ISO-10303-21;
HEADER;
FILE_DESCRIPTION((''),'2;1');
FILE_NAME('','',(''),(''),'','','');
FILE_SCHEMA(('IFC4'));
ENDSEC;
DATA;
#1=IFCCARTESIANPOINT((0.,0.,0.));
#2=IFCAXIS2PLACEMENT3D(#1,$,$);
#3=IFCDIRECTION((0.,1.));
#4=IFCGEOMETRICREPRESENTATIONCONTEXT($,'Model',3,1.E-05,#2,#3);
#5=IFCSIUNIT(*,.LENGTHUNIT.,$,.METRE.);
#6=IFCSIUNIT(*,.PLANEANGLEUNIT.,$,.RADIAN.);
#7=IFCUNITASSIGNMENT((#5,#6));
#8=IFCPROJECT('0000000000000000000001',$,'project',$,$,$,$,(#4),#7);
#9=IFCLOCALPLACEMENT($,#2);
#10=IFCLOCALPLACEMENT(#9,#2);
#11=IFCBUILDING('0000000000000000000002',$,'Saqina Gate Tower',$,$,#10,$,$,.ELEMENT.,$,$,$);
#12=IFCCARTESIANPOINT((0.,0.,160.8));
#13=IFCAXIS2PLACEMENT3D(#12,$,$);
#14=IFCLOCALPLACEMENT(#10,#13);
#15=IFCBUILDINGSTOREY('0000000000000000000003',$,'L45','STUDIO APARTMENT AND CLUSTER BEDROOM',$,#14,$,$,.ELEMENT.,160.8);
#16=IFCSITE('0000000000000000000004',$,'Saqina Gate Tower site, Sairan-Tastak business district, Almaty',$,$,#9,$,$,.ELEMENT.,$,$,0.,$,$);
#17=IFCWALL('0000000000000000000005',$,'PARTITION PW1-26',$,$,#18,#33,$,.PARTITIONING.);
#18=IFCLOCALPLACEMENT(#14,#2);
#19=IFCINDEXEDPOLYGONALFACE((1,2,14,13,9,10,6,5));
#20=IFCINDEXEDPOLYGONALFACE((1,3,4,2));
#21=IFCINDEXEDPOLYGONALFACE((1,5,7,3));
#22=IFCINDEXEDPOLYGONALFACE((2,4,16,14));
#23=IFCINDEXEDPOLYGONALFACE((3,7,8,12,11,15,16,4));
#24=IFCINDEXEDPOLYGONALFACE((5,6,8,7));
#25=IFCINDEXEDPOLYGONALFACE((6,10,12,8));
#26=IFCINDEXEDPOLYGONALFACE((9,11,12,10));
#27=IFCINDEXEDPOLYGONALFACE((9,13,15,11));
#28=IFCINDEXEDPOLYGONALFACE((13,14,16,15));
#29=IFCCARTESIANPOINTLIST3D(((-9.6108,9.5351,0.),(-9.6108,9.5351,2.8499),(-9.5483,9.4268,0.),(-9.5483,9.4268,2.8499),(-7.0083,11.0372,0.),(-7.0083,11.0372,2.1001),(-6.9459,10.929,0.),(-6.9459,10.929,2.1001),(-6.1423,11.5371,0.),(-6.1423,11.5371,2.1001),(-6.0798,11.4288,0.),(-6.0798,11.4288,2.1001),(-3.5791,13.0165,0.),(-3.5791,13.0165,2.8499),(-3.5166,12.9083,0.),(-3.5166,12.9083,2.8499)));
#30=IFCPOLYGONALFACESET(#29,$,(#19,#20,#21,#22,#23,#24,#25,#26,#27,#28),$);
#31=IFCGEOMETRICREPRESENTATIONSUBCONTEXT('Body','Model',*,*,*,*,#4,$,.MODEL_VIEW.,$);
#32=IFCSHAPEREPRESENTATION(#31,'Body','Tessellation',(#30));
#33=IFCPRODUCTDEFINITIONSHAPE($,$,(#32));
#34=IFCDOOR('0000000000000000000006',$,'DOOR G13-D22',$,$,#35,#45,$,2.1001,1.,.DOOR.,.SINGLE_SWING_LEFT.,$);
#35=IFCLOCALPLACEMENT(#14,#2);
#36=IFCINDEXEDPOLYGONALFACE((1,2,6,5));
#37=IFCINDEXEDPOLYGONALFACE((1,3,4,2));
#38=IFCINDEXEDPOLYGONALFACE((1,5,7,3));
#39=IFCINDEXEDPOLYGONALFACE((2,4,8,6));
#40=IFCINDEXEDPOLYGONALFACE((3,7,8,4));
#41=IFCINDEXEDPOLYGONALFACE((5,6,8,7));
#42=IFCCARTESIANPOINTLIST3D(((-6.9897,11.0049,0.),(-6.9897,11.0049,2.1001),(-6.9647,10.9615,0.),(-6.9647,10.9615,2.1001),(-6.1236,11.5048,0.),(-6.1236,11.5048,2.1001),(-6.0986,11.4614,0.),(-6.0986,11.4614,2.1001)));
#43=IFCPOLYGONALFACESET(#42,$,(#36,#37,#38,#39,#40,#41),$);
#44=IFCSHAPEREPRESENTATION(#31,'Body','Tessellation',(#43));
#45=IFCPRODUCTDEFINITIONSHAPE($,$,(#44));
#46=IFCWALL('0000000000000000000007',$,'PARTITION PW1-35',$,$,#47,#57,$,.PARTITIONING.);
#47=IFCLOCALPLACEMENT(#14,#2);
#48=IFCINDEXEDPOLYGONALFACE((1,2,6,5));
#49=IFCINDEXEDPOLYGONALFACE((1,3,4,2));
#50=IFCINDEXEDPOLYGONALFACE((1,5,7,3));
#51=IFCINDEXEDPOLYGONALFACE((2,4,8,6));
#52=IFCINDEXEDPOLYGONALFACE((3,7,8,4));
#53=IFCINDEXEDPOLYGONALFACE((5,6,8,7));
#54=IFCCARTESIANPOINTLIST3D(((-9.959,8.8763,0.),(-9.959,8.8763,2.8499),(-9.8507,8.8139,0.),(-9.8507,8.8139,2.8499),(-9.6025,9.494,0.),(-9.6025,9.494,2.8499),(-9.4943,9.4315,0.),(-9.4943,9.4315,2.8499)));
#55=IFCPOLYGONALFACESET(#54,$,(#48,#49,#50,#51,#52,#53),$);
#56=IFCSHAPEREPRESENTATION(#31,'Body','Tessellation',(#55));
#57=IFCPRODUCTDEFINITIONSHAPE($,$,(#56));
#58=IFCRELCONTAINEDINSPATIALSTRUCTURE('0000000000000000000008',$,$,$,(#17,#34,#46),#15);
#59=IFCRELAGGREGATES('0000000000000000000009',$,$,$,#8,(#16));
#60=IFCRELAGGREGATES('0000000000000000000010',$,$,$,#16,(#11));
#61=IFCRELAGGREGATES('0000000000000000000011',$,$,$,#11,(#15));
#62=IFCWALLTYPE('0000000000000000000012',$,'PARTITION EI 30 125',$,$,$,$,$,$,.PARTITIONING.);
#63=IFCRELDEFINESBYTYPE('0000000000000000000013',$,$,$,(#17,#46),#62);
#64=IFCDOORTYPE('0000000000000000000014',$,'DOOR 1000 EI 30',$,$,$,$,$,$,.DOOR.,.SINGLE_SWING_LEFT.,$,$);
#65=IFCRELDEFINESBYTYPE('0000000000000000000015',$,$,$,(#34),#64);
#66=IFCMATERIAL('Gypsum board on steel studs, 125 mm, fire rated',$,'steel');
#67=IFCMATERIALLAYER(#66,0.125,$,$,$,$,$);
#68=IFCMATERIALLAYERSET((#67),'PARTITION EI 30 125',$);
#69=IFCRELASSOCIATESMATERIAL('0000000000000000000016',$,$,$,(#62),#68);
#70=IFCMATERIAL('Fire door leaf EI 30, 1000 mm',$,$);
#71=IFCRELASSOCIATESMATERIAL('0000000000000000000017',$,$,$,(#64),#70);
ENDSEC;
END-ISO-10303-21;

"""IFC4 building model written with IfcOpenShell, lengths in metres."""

from ifc_helpers import new_model, si_unit, direction, frame, frame_2d, origin, place, context, subcontext, project, spatial, rectangle, extrude, material, layer, layer_set, type_object, element, fill, save


model = new_model("IFC4")

# Units and contexts
model_context = context("Model", 3, precision=1e-05, world=origin(), true_north=direction((0.0, 1.0)))
body_context = subcontext(model_context, "Body", "Model", "MODEL_VIEW")
ifc_project = project(units=[si_unit("LENGTHUNIT", "METRE"), si_unit("PLANEANGLEUNIT", "RADIAN")], contexts=[model_context])

# Site, building, storey
site_placement = place(None, origin())
site = spatial("IfcSite", under=ifc_project, at=site_placement, Name="Saqina Gate Tower site, Sairan-Tastak business district, Almaty", CompositionType="ELEMENT", RefElevation=0.0)
building_placement = place(site_placement, origin())
building = spatial("IfcBuilding", under=site, at=building_placement, Name="Saqina Gate Tower", CompositionType="ELEMENT")
storey_placement = place(building_placement, frame((0.0, 0.0, 160.8)))
storey = spatial("IfcBuildingStorey", under=building, at=storey_placement, Name="L45", Description="STUDIO APARTMENT AND CLUSTER BEDROOM", CompositionType="ELEMENT", Elevation=160.8)

# Shared definitions
ifc_material_1 = material(Name="Gypsum board on steel studs, 125 mm, fire rated", Category="steel")
ifc_layer_1 = layer(ifc_material_1, 0.125)
ifc_layer_set_1 = layer_set([ifc_layer_1], Name="PARTITION EI 30 125")
wall_type_1 = type_object("IfcWallType", Name="PARTITION EI 30 125", PredefinedType="PARTITIONING", material=ifc_layer_set_1)

# Wall, opening, door
wall_1_placement = place(storey_placement, frame((-9.5796, 9.481, 0.0), z_axis=(0.0, 0.0, 1.0), x_axis=(0.866086, 0.499894, 0.0)))
wall_1 = element("IfcWall", 1, at=wall_1_placement, inside=storey, type_object=wall_type_1, Name="PARTITION PW1-26", PredefinedType="PARTITIONING", context=body_context, shape_type="SweptSolid", body=[
    extrude(rectangle(XDim=6.9644, YDim=0.125, at=frame_2d((3.4822, 0.0))), origin(), (0.0, 0.0, 1.0), 2.8499),
])
opening_1_placement = place(wall_1_placement, frame((3.0049, 0.0, 0.0)))
opening_1 = element("IfcOpeningElement", 2, at=opening_1_placement, cuts=wall_1, PredefinedType="OPENING", context=body_context, shape_type="SweptSolid", body=[
    extrude(rectangle(XDim=1.0, YDim=2.1001, at=frame_2d((0.5, 1.05))), frame((0.0, 0.0745, 0.0), z_axis=(0.0, -1.0, 0.0), x_axis=(1.0, 0.0, 0.0)), (0.0, 0.0, 1.0), 0.1489),
])
ifc_material_2 = material(Name="Fire door leaf EI 30, 1000 mm")
door_type = type_object("IfcDoorType", Name="DOOR 1000 EI 30", OperationType="SINGLE_SWING_LEFT", PredefinedType="DOOR", material=ifc_material_2)
door_placement = place(opening_1_placement, frame((1.0, 0.0, 0.0), z_axis=(0.0, 0.0, 1.0), x_axis=(-1.0, 0.0, 0.0)))
door = element("IfcDoor", 3, at=door_placement, inside=storey, type_object=door_type, Name="DOOR G13-D22", OperationType="SINGLE_SWING_LEFT", OverallHeight=2.1001, OverallWidth=1.0, PredefinedType="DOOR", context=body_context, shape_type="SweptSolid", body=[
    extrude(rectangle(XDim=1.0, YDim=2.1001, at=frame_2d((0.5, 1.05))), frame((0.0, 0.0249, 0.0), z_axis=(0.0, -1.0, 0.0), x_axis=(1.0, 0.0, 0.0)), (0.0, 0.0, 1.0), 0.05),
])
fill(opening_1, door)

# Wall
wall_2_placement = place(storey_placement, frame((-9.9048, 8.8452, 0.0), z_axis=(0.0, 0.0, 1.0), x_axis=(0.499821, 0.866129, 0.0)))
element("IfcWall", 4, at=wall_2_placement, inside=storey, type_object=wall_type_1, Name="PARTITION PW1-35", PredefinedType="PARTITIONING", context=body_context, shape_type="SweptSolid", body=[
    extrude(rectangle(XDim=0.7131, YDim=0.125, at=frame_2d((0.3564, 0.0))), origin(), (0.0, 0.0, 1.0), 2.8499),
])

save(model, "model.ifc")
